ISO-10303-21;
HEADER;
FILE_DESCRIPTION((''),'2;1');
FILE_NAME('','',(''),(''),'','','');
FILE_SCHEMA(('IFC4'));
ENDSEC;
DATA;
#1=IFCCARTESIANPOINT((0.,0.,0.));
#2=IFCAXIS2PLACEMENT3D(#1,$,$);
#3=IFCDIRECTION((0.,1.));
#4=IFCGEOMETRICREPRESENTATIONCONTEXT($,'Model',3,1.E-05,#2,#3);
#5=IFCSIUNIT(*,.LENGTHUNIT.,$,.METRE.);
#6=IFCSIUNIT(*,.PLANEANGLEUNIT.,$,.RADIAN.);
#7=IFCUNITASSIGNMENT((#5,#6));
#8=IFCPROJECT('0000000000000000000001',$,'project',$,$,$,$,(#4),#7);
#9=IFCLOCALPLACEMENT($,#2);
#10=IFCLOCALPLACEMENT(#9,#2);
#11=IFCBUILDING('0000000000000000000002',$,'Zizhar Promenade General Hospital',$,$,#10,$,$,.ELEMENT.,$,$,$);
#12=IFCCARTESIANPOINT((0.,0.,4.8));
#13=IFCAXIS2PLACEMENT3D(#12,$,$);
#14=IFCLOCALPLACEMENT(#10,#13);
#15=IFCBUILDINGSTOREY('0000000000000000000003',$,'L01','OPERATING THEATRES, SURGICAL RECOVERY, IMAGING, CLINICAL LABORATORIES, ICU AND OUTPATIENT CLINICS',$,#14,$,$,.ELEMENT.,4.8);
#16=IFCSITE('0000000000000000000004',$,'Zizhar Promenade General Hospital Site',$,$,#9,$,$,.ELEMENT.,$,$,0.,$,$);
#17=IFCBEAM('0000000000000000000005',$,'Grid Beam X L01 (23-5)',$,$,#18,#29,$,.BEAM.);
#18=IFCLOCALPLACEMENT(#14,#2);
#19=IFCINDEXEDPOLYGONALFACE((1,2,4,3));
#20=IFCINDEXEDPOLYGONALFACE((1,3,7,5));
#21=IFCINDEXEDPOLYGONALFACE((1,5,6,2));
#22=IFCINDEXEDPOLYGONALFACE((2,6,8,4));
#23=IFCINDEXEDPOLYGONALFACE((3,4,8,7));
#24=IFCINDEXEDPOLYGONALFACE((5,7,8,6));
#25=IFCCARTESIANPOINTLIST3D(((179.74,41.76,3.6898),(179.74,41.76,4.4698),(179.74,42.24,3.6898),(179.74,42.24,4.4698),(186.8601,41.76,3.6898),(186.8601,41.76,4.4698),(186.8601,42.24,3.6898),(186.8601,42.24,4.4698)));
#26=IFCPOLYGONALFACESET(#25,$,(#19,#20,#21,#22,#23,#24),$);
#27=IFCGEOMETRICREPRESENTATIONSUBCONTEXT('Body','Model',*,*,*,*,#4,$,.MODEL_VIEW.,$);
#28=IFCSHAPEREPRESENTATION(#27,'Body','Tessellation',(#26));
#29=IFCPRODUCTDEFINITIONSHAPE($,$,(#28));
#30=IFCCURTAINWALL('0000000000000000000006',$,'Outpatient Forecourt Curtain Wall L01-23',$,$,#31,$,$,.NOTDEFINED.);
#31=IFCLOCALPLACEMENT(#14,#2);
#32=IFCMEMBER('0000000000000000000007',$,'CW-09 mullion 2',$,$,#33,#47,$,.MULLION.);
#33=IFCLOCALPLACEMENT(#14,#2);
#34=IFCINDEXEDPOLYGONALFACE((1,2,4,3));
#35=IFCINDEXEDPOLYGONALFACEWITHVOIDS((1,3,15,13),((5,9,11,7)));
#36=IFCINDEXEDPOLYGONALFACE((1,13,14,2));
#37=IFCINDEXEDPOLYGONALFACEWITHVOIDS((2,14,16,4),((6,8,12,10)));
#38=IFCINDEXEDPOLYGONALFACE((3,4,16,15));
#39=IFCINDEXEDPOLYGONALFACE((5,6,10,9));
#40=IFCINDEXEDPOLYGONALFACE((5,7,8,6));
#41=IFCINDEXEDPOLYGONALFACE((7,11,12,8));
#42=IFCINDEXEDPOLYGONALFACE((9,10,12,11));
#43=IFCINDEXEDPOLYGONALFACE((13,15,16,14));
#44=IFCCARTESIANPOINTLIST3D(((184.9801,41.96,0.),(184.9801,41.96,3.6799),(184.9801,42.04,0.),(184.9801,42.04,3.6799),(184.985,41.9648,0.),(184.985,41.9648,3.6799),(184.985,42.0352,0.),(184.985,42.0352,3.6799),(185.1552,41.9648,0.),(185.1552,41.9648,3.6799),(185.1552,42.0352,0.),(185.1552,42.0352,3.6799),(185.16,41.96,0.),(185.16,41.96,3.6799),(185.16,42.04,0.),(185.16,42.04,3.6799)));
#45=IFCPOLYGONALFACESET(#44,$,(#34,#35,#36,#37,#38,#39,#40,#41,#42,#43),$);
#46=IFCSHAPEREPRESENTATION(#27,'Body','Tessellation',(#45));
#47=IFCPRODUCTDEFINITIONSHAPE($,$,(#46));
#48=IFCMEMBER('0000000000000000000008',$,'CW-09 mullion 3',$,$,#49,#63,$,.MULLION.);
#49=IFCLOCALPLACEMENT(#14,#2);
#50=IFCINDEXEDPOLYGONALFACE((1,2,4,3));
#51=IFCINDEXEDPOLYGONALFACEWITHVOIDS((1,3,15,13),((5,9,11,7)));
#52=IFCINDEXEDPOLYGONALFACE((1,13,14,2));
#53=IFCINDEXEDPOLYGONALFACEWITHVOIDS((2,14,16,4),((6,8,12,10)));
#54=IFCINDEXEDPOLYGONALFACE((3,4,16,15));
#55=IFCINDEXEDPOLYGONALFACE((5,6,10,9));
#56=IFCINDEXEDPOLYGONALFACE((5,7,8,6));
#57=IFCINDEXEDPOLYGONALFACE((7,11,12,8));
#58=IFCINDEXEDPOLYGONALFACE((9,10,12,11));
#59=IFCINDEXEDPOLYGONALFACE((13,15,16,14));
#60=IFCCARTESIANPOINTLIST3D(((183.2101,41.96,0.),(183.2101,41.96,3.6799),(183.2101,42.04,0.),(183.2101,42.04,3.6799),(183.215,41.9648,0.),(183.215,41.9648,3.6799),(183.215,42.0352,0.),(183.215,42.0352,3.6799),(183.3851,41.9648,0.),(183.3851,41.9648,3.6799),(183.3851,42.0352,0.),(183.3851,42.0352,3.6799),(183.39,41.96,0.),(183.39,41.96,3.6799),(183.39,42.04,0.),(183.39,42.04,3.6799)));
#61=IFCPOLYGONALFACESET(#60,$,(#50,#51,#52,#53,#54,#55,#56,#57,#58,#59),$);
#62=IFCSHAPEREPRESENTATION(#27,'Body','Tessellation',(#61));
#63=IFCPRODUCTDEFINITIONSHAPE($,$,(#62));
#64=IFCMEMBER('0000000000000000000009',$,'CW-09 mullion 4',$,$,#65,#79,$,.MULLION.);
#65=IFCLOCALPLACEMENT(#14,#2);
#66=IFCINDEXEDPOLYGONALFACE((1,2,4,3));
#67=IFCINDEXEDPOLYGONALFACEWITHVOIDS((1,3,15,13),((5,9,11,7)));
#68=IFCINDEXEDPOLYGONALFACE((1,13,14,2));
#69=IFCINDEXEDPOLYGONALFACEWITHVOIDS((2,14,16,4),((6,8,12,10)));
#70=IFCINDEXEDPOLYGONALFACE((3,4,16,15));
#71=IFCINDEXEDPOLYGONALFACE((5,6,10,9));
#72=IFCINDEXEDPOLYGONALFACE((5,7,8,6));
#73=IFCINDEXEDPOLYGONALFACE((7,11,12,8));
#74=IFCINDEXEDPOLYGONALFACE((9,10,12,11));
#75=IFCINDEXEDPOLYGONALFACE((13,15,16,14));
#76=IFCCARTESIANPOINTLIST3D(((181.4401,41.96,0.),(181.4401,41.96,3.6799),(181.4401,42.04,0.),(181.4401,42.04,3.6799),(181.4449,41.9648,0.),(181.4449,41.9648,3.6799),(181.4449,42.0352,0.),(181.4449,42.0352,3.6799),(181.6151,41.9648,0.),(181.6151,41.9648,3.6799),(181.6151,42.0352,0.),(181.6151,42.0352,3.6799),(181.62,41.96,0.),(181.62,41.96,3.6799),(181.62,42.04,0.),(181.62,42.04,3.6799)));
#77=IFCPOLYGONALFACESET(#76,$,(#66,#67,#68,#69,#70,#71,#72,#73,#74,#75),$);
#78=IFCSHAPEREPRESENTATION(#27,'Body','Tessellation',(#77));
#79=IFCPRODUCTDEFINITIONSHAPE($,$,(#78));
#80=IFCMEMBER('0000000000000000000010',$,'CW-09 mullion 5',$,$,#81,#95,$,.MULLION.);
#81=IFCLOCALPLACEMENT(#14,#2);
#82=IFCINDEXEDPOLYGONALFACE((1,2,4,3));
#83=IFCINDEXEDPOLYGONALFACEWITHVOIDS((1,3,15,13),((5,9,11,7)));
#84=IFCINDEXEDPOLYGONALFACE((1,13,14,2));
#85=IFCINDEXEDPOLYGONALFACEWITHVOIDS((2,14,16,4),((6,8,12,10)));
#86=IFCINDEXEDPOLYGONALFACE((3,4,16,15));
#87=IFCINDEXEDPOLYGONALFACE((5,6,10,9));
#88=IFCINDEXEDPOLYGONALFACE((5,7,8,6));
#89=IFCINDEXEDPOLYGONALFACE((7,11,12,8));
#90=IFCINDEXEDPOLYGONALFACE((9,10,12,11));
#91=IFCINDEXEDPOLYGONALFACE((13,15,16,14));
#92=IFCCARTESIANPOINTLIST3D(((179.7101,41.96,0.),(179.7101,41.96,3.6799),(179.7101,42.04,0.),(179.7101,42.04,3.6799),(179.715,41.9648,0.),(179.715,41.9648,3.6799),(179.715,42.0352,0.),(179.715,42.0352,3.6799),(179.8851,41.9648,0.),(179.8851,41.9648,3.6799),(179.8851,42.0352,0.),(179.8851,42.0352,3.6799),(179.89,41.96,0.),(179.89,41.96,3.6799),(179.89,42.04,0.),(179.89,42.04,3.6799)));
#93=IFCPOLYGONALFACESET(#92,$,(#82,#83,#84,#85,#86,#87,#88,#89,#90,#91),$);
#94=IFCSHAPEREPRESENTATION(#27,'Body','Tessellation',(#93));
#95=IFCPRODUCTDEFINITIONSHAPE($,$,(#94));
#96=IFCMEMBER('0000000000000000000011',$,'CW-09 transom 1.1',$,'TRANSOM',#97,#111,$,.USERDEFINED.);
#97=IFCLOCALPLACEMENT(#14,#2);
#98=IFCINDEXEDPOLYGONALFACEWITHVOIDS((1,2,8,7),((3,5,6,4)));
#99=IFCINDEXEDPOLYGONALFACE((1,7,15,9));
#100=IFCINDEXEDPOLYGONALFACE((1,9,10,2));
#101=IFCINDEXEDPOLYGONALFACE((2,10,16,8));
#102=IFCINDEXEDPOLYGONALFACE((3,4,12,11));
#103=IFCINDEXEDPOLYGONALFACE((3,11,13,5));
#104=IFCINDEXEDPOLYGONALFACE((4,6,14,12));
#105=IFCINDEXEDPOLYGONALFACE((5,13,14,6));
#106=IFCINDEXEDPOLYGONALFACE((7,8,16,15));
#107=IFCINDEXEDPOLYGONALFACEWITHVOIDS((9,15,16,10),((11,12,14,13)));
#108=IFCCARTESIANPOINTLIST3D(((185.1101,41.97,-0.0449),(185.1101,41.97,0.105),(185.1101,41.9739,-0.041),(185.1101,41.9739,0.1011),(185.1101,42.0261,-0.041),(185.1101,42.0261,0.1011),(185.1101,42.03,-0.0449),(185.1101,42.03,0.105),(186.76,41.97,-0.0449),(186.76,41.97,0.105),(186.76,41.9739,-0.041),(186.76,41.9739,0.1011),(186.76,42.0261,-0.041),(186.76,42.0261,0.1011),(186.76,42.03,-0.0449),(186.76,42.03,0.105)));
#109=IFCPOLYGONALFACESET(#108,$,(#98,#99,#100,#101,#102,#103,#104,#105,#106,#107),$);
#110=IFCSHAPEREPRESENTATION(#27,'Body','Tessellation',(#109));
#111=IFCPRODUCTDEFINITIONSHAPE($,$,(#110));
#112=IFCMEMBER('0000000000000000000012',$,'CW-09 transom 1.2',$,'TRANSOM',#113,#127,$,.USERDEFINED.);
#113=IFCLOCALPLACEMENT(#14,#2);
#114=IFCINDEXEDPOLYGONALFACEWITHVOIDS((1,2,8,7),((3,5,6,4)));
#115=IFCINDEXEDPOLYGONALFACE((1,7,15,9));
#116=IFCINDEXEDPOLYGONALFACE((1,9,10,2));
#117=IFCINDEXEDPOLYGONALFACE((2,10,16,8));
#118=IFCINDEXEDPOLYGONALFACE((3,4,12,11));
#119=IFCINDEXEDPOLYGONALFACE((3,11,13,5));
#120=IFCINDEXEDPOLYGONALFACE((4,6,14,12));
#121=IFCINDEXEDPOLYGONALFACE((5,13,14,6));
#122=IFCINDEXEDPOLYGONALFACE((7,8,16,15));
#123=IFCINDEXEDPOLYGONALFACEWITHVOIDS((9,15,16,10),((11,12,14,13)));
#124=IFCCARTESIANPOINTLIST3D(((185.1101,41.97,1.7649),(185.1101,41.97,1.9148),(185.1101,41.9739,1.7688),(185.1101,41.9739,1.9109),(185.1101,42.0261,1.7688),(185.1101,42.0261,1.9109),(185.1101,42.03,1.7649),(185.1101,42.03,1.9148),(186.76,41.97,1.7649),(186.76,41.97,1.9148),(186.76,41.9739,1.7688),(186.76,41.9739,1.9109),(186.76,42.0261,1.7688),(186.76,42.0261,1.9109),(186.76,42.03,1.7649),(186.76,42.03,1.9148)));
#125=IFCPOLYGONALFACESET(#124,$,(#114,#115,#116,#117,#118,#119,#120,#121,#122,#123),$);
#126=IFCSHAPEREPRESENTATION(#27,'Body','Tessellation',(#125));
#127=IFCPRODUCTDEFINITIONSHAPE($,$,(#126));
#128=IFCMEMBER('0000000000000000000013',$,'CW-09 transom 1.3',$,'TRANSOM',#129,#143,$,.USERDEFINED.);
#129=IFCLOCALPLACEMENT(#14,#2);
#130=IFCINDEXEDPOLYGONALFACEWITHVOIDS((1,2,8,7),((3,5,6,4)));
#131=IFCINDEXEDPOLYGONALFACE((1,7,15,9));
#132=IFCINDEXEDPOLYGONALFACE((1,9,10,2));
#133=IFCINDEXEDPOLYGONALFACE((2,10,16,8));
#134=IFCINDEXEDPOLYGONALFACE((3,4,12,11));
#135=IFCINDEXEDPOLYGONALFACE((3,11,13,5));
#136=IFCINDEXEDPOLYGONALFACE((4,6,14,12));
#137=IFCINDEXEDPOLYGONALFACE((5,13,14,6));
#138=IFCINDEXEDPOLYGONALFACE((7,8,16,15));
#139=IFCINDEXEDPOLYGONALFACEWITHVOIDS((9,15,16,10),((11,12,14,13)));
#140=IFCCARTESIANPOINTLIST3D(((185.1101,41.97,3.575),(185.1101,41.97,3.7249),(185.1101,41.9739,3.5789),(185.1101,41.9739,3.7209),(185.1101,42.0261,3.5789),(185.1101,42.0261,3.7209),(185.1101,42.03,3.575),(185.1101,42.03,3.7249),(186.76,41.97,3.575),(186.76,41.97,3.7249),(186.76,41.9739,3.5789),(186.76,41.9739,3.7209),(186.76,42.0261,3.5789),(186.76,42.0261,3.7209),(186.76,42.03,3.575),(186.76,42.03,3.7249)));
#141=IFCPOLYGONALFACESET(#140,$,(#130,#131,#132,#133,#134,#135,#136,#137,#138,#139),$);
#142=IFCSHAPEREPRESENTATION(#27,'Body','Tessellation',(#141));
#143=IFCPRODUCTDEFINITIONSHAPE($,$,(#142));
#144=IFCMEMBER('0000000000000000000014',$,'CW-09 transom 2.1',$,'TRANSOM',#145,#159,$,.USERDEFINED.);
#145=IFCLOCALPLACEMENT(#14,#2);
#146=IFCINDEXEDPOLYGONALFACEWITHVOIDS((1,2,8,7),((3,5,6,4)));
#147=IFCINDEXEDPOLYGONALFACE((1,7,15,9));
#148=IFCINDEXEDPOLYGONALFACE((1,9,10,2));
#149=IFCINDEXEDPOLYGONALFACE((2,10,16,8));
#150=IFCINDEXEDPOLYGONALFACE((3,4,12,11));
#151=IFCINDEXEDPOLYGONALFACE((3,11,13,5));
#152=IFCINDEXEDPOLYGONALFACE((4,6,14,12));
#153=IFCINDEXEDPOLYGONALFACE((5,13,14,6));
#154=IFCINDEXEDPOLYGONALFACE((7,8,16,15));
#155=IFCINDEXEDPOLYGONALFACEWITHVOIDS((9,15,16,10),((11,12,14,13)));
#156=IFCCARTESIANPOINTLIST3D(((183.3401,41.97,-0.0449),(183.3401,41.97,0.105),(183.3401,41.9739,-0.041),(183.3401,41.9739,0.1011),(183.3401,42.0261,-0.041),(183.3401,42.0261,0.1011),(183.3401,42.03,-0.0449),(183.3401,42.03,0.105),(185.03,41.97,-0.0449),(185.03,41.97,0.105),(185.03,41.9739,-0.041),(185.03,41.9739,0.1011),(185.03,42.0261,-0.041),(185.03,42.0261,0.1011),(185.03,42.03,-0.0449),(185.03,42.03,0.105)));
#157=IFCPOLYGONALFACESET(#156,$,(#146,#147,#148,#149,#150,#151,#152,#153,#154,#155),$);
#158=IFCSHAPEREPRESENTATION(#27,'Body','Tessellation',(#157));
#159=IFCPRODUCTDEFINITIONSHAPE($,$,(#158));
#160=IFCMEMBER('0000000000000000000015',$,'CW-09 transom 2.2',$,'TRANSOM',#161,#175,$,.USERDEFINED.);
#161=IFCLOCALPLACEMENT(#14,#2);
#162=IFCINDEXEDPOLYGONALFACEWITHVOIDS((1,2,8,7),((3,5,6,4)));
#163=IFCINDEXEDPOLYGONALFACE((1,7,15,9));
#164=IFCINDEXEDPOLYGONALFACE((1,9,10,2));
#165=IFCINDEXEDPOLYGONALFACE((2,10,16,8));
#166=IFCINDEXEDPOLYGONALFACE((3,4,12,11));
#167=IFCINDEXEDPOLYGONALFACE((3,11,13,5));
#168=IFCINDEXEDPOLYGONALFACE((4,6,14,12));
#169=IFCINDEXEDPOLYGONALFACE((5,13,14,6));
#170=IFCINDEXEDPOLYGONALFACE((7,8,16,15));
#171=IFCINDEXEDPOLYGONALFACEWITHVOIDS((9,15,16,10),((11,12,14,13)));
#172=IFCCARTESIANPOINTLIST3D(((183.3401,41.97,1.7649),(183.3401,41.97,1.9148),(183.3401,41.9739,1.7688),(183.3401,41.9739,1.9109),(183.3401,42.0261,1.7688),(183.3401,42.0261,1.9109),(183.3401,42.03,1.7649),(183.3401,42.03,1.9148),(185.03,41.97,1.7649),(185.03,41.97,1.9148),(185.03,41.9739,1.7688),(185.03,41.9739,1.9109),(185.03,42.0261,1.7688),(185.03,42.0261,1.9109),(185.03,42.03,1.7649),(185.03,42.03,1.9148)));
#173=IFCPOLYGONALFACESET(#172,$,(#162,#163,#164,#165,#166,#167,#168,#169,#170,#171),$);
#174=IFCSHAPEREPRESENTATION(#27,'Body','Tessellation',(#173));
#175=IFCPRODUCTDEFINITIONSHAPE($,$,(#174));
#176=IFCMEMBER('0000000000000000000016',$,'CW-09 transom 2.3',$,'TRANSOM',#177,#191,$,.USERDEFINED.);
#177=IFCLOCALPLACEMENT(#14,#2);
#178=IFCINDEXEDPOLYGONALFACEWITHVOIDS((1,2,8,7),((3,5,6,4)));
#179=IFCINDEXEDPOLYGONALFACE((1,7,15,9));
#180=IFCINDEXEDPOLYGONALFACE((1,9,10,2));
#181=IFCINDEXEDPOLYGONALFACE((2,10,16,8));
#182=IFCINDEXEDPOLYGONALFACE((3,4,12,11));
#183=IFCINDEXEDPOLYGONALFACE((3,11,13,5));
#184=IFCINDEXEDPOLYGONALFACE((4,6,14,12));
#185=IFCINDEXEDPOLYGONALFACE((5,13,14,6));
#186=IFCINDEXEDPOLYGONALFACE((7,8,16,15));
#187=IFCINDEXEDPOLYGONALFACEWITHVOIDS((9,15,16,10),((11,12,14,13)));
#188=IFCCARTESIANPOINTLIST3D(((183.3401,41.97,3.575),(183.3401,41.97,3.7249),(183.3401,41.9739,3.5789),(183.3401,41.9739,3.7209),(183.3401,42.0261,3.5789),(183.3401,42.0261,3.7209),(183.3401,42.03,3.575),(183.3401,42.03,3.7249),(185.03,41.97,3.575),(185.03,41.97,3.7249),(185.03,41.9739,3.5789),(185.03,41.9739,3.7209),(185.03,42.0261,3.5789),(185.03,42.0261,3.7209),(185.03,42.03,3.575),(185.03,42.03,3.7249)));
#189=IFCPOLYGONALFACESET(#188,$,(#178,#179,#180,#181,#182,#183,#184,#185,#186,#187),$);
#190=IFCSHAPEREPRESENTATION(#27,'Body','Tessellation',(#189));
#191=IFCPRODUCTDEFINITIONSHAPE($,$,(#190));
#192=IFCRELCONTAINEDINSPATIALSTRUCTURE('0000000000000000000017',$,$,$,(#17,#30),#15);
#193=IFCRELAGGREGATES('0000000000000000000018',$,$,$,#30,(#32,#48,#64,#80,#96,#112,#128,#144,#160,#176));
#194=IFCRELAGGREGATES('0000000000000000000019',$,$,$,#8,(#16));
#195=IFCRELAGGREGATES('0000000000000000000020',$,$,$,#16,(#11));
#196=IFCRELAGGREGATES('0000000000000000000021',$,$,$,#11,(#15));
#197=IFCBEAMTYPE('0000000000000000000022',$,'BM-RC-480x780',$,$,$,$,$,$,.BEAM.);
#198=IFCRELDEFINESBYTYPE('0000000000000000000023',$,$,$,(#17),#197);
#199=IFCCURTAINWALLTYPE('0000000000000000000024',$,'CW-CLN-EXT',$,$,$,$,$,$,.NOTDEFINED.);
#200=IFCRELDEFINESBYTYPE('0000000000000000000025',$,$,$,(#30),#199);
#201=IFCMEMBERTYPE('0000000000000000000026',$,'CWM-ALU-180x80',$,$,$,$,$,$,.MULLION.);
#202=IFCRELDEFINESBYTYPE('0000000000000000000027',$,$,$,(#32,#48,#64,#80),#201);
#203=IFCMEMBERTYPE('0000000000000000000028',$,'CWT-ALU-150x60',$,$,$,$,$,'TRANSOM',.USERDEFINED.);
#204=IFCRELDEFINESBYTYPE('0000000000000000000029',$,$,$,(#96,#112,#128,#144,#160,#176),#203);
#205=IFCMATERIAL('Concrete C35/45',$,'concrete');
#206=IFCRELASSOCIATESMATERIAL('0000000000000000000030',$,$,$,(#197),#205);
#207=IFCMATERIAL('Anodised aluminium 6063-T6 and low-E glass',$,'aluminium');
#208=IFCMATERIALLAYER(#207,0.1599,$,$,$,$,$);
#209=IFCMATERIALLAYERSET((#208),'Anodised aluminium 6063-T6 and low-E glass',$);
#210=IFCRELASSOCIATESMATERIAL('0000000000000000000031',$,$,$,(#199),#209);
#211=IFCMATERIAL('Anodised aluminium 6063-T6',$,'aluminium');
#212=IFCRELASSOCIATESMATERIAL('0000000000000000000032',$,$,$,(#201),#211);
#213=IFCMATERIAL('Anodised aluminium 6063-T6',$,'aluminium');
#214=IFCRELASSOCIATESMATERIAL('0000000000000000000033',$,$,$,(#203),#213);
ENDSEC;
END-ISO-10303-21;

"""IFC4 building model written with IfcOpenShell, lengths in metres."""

from ifc_helpers import new_model, si_unit, direction, frame, origin, origin_2d, place, context, subcontext, project, spatial, rectangle, hollow_rectangle, extrude, material, layer, layer_set, material_profile, profile_set, type_object, element, aggregate, save


model = new_model("IFC4")

# Units and contexts
model_context = context("Model", 3, precision=1e-05, world=origin(), true_north=direction((0.0, 1.0)))
body_context = subcontext(model_context, "Body", "Model", "MODEL_VIEW")
ifc_project = project(units=[si_unit("LENGTHUNIT", "METRE"), si_unit("PLANEANGLEUNIT", "RADIAN")], contexts=[model_context])

# Site, building, storey
site_placement = place(None, origin())
site = spatial("IfcSite", under=ifc_project, at=site_placement, Name="Zizhar Promenade General Hospital Site", CompositionType="ELEMENT", RefElevation=0.0)
building_placement = place(site_placement, origin())
building = spatial("IfcBuilding", under=site, at=building_placement, Name="Zizhar Promenade General Hospital", CompositionType="ELEMENT")
storey_placement = place(building_placement, frame((0.0, 0.0, 4.8)))
storey = spatial("IfcBuildingStorey", under=building, at=storey_placement, Name="L01", Description="OPERATING THEATRES, SURGICAL RECOVERY, IMAGING, CLINICAL LABORATORIES, ICU AND OUTPATIENT CLINICS", CompositionType="ELEMENT", Elevation=4.8)

# Beam
ifc_material_1 = material(Name="Concrete C35/45", Category="concrete")
ifc_material_profile_1 = material_profile(ifc_material_1, rectangle(XDim=0.48, YDim=0.78, at=origin_2d()))
ifc_profile_set_1 = profile_set([ifc_material_profile_1], Name="Concrete C35/45")
beam_type = type_object("IfcBeamType", Name="BM-RC-480x780", PredefinedType="BEAM", material=ifc_profile_set_1)
beam_placement = place(storey_placement, frame((179.74, 42.0, 4.0798), z_axis=(1.0, 0.0, 0.0), x_axis=(0.0, 1.0, 0.0)))
element("IfcBeam", 1, at=beam_placement, inside=storey, type_object=beam_type, Name="Grid Beam X L01 (23-5)", PredefinedType="BEAM", context=body_context, shape_type="SweptSolid", body=[
    extrude(rectangle(XDim=0.48, YDim=0.78, at=origin_2d()), origin(), (0.0, 0.0, 1.0), 7.1201),
])

# Curtain wall, members
ifc_material_2 = material(Name="Anodised aluminium 6063-T6 and low-E glass", Category="aluminium")
ifc_layer_1 = layer(ifc_material_2, 0.1599)
ifc_layer_set_1 = layer_set([ifc_layer_1], Name="Anodised aluminium 6063-T6 and low-E glass")
curtain_wall_type = type_object("IfcCurtainWallType", Name="CW-CLN-EXT", PredefinedType="NOTDEFINED", material=ifc_layer_set_1)
curtain_wall_placement = place(storey_placement, origin())
curtain_wall = element("IfcCurtainWall", 2, at=curtain_wall_placement, inside=storey, type_object=curtain_wall_type, Name="Outpatient Forecourt Curtain Wall L01-23", PredefinedType="NOTDEFINED")
ifc_material_3 = material(Name="Anodised aluminium 6063-T6", Category="aluminium")
ifc_material_profile_2 = material_profile(ifc_material_3, hollow_rectangle(XDim=0.0801, YDim=0.1799, WallThickness=0.0049, at=origin_2d()))
ifc_profile_set_2 = profile_set([ifc_material_profile_2], Name="Anodised aluminium 6063-T6")
member_type_1 = type_object("IfcMemberType", Name="CWM-ALU-180x80", PredefinedType="MULLION", material=ifc_profile_set_2)
member_1_placement = place(storey_placement, frame((185.0701, 42.0, 0.0), z_axis=(0.0, 0.0, 1.0), x_axis=(0.0, -1.0, 0.0)))
member_1 = element("IfcMember", 3, at=member_1_placement, type_object=member_type_1, Name="CW-09 mullion 2", PredefinedType="MULLION", context=body_context, shape_type="SweptSolid", body=[
    extrude(hollow_rectangle(XDim=0.0801, YDim=0.1799, WallThickness=0.0049, at=origin_2d()), origin(), (0.0, 0.0, 1.0), 3.6799),
])
member_2_placement = place(storey_placement, frame((183.3, 42.0, 0.0), z_axis=(0.0, 0.0, 1.0), x_axis=(0.0, -1.0, 0.0)))
member_2 = element("IfcMember", 4, at=member_2_placement, type_object=member_type_1, Name="CW-09 mullion 3", PredefinedType="MULLION", context=body_context, shape_type="SweptSolid", body=[
    extrude(hollow_rectangle(XDim=0.0801, YDim=0.1799, WallThickness=0.0049, at=origin_2d()), origin(), (0.0, 0.0, 1.0), 3.6799),
])
member_3_placement = place(storey_placement, frame((181.53, 42.0, 0.0), z_axis=(0.0, 0.0, 1.0), x_axis=(0.0, -1.0, 0.0)))
member_3 = element("IfcMember", 5, at=member_3_placement, type_object=member_type_1, Name="CW-09 mullion 4", PredefinedType="MULLION", context=body_context, shape_type="SweptSolid", body=[
    extrude(hollow_rectangle(XDim=0.0801, YDim=0.1799, WallThickness=0.0049, at=origin_2d()), origin(), (0.0, 0.0, 1.0), 3.6799),
])
member_4_placement = place(storey_placement, frame((179.8, 42.0, 0.0), z_axis=(0.0, 0.0, 1.0), x_axis=(0.0, -1.0, 0.0)))
member_4 = element("IfcMember", 6, at=member_4_placement, type_object=member_type_1, Name="CW-09 mullion 5", PredefinedType="MULLION", context=body_context, shape_type="SweptSolid", body=[
    extrude(hollow_rectangle(XDim=0.0801, YDim=0.1799, WallThickness=0.0049, at=origin_2d()), origin(), (0.0, 0.0, 1.0), 3.6799),
])
ifc_material_4 = material(Name="Anodised aluminium 6063-T6", Category="aluminium")
ifc_material_profile_3 = material_profile(ifc_material_4, hollow_rectangle(XDim=0.0601, YDim=0.1499, WallThickness=0.0039, at=origin_2d()))
ifc_profile_set_3 = profile_set([ifc_material_profile_3], Name="Anodised aluminium 6063-T6")
member_type_2 = type_object("IfcMemberType", Name="CWT-ALU-150x60", ElementType="TRANSOM", PredefinedType="USERDEFINED", material=ifc_profile_set_3)
member_5_placement = place(storey_placement, frame((186.76, 42.0, 0.03), z_axis=(-1.0, 0.0, 0.0), x_axis=(0.0, -1.0, 0.0)))
member_5 = element("IfcMember", 7, at=member_5_placement, type_object=member_type_2, Name="CW-09 transom 1.1", ObjectType="TRANSOM", PredefinedType="USERDEFINED", context=body_context, shape_type="SweptSolid", body=[
    extrude(hollow_rectangle(XDim=0.0601, YDim=0.1499, WallThickness=0.0039, at=origin_2d()), origin(), (0.0, 0.0, 1.0), 1.6499),
])
member_6_placement = place(storey_placement, frame((186.76, 42.0, 1.8398), z_axis=(-1.0, 0.0, 0.0), x_axis=(0.0, -1.0, 0.0)))
member_6 = element("IfcMember", 8, at=member_6_placement, type_object=member_type_2, Name="CW-09 transom 1.2", ObjectType="TRANSOM", PredefinedType="USERDEFINED", context=body_context, shape_type="SweptSolid", body=[
    extrude(hollow_rectangle(XDim=0.0601, YDim=0.1499, WallThickness=0.0039, at=origin_2d()), origin(), (0.0, 0.0, 1.0), 1.6499),
])
member_7_placement = place(storey_placement, frame((186.76, 42.0, 3.6499), z_axis=(-1.0, 0.0, 0.0), x_axis=(0.0, -1.0, 0.0)))
member_7 = element("IfcMember", 9, at=member_7_placement, type_object=member_type_2, Name="CW-09 transom 1.3", ObjectType="TRANSOM", PredefinedType="USERDEFINED", context=body_context, shape_type="SweptSolid", body=[
    extrude(hollow_rectangle(XDim=0.0601, YDim=0.1499, WallThickness=0.0039, at=origin_2d()), origin(), (0.0, 0.0, 1.0), 1.6499),
])
member_8_placement = place(storey_placement, frame((185.03, 42.0, 0.03), z_axis=(-1.0, 0.0, 0.0), x_axis=(0.0, -1.0, 0.0)))
member_8 = element("IfcMember", 10, at=member_8_placement, type_object=member_type_2, Name="CW-09 transom 2.1", ObjectType="TRANSOM", PredefinedType="USERDEFINED", context=body_context, shape_type="SweptSolid", body=[
    extrude(hollow_rectangle(XDim=0.0601, YDim=0.1499, WallThickness=0.0039, at=origin_2d()), origin(), (0.0, 0.0, 1.0), 1.6899),
])
member_9_placement = place(storey_placement, frame((185.03, 42.0, 1.8398), z_axis=(-1.0, 0.0, 0.0), x_axis=(0.0, -1.0, 0.0)))
member_9 = element("IfcMember", 11, at=member_9_placement, type_object=member_type_2, Name="CW-09 transom 2.2", ObjectType="TRANSOM", PredefinedType="USERDEFINED", context=body_context, shape_type="SweptSolid", body=[
    extrude(hollow_rectangle(XDim=0.0601, YDim=0.1499, WallThickness=0.0039, at=origin_2d()), origin(), (0.0, 0.0, 1.0), 1.6899),
])
member_10_placement = place(storey_placement, frame((185.03, 42.0, 3.6499), z_axis=(-1.0, 0.0, 0.0), x_axis=(0.0, -1.0, 0.0)))
member_10 = element("IfcMember", 12, at=member_10_placement, type_object=member_type_2, Name="CW-09 transom 2.3", ObjectType="TRANSOM", PredefinedType="USERDEFINED", context=body_context, shape_type="SweptSolid", body=[
    extrude(hollow_rectangle(XDim=0.0601, YDim=0.1499, WallThickness=0.0039, at=origin_2d()), origin(), (0.0, 0.0, 1.0), 1.6899),
])
aggregate(curtain_wall, [member_1, member_2, member_3, member_4, member_5, member_6, member_7, member_8, member_9, member_10])

save(model, "model.ifc")
